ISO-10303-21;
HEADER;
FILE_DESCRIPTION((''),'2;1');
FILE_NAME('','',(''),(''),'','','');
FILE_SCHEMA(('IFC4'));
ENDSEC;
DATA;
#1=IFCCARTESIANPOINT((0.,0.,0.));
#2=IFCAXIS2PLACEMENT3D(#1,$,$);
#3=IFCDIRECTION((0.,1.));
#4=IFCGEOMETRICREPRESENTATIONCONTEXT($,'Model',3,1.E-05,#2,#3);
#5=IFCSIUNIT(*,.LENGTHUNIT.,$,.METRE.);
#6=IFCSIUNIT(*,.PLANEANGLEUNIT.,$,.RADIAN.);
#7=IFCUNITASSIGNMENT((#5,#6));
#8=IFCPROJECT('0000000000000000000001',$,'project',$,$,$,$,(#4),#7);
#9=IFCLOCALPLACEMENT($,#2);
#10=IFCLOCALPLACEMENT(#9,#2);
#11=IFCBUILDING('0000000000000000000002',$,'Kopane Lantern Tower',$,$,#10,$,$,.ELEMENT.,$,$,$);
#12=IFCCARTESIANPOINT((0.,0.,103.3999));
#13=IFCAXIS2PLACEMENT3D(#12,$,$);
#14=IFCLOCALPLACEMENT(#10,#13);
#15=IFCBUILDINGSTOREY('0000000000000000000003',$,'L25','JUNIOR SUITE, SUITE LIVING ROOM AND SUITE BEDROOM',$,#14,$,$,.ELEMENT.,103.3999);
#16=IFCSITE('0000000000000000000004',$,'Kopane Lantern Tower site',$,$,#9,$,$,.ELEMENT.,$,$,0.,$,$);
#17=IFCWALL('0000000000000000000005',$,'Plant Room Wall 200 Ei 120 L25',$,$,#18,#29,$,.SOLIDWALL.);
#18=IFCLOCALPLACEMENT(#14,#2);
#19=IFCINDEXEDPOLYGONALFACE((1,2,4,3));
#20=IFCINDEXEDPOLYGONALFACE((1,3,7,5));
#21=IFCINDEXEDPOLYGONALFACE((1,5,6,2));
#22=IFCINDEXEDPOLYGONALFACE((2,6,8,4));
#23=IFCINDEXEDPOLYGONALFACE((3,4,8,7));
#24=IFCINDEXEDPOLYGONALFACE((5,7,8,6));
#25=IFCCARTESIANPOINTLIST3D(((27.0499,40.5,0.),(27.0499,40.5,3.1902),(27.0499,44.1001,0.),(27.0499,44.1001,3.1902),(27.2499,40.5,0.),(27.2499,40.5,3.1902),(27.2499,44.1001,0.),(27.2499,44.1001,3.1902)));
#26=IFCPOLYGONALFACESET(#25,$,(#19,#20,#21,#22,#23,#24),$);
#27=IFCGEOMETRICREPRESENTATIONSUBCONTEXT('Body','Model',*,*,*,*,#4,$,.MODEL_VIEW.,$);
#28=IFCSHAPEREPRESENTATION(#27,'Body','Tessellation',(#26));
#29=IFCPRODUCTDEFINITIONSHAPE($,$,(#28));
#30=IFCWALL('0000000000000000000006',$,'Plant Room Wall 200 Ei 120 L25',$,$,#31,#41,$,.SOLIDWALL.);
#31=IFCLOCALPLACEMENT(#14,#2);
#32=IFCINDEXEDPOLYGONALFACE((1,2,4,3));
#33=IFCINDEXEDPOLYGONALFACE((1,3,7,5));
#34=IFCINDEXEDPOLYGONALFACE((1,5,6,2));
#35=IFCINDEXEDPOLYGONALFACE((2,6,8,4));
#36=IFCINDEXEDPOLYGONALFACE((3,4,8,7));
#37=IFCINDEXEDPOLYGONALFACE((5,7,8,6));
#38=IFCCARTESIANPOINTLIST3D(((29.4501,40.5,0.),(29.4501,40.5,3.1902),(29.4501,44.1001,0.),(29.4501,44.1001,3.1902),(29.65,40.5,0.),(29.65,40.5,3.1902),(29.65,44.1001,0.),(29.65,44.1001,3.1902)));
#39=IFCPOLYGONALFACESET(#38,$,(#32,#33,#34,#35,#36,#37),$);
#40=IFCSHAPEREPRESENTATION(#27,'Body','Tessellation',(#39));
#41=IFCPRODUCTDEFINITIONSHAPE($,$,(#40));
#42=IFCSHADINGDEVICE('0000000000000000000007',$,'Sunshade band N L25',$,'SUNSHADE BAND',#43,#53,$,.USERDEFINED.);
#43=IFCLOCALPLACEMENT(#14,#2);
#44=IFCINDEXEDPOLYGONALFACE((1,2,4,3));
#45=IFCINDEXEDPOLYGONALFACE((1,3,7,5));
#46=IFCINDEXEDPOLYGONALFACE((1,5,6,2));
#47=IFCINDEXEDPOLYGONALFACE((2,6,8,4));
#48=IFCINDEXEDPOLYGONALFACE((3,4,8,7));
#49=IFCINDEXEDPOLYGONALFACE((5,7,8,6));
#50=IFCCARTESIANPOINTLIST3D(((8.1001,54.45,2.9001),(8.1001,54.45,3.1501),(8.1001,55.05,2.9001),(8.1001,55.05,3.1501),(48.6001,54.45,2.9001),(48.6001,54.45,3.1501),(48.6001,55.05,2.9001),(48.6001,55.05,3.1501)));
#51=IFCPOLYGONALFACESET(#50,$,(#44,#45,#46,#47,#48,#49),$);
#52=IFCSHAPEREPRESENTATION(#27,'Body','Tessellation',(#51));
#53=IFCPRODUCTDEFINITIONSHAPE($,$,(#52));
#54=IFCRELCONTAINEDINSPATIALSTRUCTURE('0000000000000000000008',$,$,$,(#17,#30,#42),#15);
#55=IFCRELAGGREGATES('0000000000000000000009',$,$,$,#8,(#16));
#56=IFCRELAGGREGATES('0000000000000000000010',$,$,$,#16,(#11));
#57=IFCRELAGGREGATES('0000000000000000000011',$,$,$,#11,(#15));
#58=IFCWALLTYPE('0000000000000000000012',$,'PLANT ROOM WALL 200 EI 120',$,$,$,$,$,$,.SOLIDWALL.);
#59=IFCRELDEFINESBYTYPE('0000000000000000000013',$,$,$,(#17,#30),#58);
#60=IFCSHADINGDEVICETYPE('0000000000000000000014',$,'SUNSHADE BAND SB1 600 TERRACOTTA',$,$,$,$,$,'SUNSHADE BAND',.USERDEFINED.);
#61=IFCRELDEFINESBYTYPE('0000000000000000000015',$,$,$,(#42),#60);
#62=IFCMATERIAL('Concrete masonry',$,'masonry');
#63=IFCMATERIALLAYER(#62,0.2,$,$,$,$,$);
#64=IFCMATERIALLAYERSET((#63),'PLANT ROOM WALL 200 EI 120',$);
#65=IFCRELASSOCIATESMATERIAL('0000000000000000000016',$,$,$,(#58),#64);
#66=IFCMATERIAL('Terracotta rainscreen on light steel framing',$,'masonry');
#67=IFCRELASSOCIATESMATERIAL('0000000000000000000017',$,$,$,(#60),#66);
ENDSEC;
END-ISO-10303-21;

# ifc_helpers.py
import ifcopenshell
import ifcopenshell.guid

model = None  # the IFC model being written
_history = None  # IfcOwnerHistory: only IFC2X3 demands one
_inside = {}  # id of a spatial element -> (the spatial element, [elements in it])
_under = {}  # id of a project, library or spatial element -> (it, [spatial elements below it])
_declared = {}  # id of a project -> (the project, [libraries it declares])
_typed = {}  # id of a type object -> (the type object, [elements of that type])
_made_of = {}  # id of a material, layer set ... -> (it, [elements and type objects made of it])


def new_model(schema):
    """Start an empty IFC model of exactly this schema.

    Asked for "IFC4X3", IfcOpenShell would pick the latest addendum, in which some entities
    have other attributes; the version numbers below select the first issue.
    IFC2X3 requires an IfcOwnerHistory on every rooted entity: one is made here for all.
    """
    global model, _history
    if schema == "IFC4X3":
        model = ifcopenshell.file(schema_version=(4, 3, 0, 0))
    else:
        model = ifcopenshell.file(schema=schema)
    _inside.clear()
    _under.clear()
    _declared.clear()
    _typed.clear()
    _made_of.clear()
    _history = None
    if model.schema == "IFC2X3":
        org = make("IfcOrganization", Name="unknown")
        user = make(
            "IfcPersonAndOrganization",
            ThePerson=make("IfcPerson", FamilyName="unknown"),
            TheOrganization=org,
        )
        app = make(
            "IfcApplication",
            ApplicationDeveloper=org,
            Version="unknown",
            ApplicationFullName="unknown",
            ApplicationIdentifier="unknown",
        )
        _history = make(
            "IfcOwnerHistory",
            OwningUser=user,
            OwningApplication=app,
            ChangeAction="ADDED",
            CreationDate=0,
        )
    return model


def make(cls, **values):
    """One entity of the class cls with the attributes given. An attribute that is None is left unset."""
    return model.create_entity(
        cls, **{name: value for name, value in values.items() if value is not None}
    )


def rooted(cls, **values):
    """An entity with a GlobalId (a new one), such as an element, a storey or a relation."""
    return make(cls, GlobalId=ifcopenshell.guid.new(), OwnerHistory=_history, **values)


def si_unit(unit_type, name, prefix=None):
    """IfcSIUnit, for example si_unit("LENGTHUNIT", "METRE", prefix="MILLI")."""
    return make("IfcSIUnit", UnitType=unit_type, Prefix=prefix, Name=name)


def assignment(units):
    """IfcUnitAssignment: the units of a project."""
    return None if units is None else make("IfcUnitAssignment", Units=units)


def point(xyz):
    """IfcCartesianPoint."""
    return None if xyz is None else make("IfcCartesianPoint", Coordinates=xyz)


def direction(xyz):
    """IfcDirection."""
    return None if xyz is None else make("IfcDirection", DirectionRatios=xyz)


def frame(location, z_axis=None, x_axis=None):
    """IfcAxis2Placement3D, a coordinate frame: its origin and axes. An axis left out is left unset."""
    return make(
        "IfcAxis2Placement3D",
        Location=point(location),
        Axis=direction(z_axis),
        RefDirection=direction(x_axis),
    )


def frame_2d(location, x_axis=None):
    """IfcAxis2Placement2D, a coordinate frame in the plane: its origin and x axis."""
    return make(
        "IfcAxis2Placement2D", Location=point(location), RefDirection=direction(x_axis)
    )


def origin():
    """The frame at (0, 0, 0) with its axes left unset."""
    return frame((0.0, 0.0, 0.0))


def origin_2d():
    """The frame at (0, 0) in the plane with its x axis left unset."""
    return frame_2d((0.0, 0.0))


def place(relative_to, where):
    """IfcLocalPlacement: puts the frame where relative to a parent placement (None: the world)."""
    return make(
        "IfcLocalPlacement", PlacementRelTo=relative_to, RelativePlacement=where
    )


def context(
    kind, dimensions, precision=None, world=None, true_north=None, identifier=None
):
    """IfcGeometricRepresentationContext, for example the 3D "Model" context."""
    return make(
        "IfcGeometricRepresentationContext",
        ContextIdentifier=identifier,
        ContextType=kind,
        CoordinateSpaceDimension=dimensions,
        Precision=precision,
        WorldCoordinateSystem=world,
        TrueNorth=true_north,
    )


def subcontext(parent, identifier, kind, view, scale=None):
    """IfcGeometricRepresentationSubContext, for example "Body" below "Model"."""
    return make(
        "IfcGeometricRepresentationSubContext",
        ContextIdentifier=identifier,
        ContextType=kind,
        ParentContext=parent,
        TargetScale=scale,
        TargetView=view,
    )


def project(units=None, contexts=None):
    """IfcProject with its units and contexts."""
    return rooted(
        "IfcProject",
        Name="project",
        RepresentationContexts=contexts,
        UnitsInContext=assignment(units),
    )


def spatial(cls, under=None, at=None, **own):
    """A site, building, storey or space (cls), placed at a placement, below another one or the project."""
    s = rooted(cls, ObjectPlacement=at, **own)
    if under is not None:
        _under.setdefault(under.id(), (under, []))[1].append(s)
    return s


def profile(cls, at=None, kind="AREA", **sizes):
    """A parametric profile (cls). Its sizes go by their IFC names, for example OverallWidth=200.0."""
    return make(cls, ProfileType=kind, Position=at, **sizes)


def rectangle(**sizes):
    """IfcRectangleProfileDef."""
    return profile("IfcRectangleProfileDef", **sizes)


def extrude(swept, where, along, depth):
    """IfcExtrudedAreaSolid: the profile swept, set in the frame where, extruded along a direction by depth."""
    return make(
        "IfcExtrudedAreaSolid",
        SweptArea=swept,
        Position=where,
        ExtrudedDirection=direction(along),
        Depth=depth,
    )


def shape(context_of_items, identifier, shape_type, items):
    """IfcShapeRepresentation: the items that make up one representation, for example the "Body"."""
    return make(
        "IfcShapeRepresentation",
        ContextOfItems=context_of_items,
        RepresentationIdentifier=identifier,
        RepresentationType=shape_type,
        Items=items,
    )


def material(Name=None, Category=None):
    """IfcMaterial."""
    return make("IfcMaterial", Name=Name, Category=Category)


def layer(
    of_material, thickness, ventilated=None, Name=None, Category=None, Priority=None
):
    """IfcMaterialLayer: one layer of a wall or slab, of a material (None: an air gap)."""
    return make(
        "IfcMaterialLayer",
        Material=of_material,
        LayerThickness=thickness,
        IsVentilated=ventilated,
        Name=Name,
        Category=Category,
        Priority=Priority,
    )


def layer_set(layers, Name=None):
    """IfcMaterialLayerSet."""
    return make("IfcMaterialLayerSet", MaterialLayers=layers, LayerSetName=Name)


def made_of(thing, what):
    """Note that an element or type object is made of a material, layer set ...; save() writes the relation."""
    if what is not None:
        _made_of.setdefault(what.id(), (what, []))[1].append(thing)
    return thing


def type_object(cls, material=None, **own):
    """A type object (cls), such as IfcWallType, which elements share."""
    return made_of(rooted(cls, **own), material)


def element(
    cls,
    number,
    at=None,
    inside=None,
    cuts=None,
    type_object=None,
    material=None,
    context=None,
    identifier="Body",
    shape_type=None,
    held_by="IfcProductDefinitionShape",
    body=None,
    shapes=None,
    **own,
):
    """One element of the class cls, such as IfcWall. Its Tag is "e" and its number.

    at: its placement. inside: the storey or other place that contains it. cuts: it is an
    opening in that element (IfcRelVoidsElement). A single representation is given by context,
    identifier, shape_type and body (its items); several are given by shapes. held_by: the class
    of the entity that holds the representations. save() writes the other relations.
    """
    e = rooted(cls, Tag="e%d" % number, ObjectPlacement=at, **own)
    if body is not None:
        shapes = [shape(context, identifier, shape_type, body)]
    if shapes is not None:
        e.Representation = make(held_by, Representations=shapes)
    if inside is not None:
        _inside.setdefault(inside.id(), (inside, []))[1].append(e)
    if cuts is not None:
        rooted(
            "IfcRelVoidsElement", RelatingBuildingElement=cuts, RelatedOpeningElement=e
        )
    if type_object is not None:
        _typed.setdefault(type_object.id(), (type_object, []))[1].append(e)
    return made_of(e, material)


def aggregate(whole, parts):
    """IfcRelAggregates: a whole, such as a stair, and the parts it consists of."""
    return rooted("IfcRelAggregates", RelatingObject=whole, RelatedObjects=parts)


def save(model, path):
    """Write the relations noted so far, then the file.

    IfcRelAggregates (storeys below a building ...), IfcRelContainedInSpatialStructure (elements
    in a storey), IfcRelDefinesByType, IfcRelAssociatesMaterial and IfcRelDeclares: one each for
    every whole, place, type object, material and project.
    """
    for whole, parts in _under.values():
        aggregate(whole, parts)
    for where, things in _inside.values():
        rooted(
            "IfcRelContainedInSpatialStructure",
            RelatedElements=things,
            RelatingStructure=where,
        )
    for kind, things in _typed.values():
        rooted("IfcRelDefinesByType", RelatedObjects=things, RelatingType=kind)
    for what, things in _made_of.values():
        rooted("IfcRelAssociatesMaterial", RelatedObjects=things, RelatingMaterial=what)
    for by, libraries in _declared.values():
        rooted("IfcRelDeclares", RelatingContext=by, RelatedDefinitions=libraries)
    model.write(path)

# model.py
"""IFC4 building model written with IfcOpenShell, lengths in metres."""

from ifc_helpers import new_model, si_unit, direction, frame, frame_2d, origin, origin_2d, place, context, subcontext, project, spatial, rectangle, extrude, material, layer, layer_set, type_object, element, save


model = new_model("IFC4")

# Units and contexts
model_context = context("Model", 3, precision=1e-05, world=origin(), true_north=direction((0.0, 1.0)))
body_context = subcontext(model_context, "Body", "Model", "MODEL_VIEW")
ifc_project = project(units=[si_unit("LENGTHUNIT", "METRE"), si_unit("PLANEANGLEUNIT", "RADIAN")], contexts=[model_context])

# Site, building, storey
site_placement = place(None, origin())
site = spatial("IfcSite", under=ifc_project, at=site_placement, Name="Kopane Lantern Tower site", CompositionType="ELEMENT", RefElevation=0.0)
building_placement = place(site_placement, origin())
building = spatial("IfcBuilding", under=site, at=building_placement, Name="Kopane Lantern Tower", CompositionType="ELEMENT")
storey_placement = place(building_placement, frame((0.0, 0.0, 103.3999)))
storey = spatial("IfcBuildingStorey", under=building, at=storey_placement, Name="L25", Description="JUNIOR SUITE, SUITE LIVING ROOM AND SUITE BEDROOM", CompositionType="ELEMENT", Elevation=103.3999)

# Walls
ifc_material_1 = material(Name="Concrete masonry", Category="masonry")
ifc_layer_1 = layer(ifc_material_1, 0.2)
ifc_layer_set_1 = layer_set([ifc_layer_1], Name="PLANT ROOM WALL 200 EI 120")
wall_type_1 = type_object("IfcWallType", Name="PLANT ROOM WALL 200 EI 120", PredefinedType="SOLIDWALL", material=ifc_layer_set_1)
for number, where, z_axis, x_axis, name in (
    (1, (27.1499, 40.5, 0.0), (0.0, 0.0, 1.0), (0.0, 1.0, 0.0), "Plant Room Wall 200 Ei 120 L25"),
    (2, (29.55, 40.5, 0.0), (0.0, 0.0, 1.0), (0.0, 1.0, 0.0), "Plant Room Wall 200 Ei 120 L25"),
):
    element("IfcWall", number, at=place(storey_placement, frame(where, z_axis=z_axis, x_axis=x_axis)), inside=storey, type_object=wall_type_1, Name=name, PredefinedType="SOLIDWALL", context=body_context, shape_type="SweptSolid", body=[
        extrude(rectangle(XDim=3.6001, YDim=0.2, at=frame_2d((1.8, 0.0))), origin(), (0.0, 0.0, 1.0), 3.1902),
    ])

# Shading device
ifc_material_2 = material(Name="Terracotta rainscreen on light steel framing", Category="masonry")
shading_device_type = type_object("IfcShadingDeviceType", Name="SUNSHADE BAND SB1 600 TERRACOTTA", ElementType="SUNSHADE BAND", PredefinedType="USERDEFINED", material=ifc_material_2)
shading_device_placement = place(storey_placement, frame((28.3501, 54.75, 2.9001), z_axis=(0.0, 0.0, 1.0), x_axis=(-1.0, 0.0, 0.0)))
element("IfcShadingDevice", 3, at=shading_device_placement, inside=storey, type_object=shading_device_type, Name="Sunshade band N L25", ObjectType="SUNSHADE BAND", PredefinedType="USERDEFINED", context=body_context, shape_type="SweptSolid", body=[
    extrude(rectangle(XDim=40.5, YDim=0.6001, at=origin_2d()), origin(), (0.0, 0.0, 1.0), 0.25),
])

save(model, "model.ifc")
